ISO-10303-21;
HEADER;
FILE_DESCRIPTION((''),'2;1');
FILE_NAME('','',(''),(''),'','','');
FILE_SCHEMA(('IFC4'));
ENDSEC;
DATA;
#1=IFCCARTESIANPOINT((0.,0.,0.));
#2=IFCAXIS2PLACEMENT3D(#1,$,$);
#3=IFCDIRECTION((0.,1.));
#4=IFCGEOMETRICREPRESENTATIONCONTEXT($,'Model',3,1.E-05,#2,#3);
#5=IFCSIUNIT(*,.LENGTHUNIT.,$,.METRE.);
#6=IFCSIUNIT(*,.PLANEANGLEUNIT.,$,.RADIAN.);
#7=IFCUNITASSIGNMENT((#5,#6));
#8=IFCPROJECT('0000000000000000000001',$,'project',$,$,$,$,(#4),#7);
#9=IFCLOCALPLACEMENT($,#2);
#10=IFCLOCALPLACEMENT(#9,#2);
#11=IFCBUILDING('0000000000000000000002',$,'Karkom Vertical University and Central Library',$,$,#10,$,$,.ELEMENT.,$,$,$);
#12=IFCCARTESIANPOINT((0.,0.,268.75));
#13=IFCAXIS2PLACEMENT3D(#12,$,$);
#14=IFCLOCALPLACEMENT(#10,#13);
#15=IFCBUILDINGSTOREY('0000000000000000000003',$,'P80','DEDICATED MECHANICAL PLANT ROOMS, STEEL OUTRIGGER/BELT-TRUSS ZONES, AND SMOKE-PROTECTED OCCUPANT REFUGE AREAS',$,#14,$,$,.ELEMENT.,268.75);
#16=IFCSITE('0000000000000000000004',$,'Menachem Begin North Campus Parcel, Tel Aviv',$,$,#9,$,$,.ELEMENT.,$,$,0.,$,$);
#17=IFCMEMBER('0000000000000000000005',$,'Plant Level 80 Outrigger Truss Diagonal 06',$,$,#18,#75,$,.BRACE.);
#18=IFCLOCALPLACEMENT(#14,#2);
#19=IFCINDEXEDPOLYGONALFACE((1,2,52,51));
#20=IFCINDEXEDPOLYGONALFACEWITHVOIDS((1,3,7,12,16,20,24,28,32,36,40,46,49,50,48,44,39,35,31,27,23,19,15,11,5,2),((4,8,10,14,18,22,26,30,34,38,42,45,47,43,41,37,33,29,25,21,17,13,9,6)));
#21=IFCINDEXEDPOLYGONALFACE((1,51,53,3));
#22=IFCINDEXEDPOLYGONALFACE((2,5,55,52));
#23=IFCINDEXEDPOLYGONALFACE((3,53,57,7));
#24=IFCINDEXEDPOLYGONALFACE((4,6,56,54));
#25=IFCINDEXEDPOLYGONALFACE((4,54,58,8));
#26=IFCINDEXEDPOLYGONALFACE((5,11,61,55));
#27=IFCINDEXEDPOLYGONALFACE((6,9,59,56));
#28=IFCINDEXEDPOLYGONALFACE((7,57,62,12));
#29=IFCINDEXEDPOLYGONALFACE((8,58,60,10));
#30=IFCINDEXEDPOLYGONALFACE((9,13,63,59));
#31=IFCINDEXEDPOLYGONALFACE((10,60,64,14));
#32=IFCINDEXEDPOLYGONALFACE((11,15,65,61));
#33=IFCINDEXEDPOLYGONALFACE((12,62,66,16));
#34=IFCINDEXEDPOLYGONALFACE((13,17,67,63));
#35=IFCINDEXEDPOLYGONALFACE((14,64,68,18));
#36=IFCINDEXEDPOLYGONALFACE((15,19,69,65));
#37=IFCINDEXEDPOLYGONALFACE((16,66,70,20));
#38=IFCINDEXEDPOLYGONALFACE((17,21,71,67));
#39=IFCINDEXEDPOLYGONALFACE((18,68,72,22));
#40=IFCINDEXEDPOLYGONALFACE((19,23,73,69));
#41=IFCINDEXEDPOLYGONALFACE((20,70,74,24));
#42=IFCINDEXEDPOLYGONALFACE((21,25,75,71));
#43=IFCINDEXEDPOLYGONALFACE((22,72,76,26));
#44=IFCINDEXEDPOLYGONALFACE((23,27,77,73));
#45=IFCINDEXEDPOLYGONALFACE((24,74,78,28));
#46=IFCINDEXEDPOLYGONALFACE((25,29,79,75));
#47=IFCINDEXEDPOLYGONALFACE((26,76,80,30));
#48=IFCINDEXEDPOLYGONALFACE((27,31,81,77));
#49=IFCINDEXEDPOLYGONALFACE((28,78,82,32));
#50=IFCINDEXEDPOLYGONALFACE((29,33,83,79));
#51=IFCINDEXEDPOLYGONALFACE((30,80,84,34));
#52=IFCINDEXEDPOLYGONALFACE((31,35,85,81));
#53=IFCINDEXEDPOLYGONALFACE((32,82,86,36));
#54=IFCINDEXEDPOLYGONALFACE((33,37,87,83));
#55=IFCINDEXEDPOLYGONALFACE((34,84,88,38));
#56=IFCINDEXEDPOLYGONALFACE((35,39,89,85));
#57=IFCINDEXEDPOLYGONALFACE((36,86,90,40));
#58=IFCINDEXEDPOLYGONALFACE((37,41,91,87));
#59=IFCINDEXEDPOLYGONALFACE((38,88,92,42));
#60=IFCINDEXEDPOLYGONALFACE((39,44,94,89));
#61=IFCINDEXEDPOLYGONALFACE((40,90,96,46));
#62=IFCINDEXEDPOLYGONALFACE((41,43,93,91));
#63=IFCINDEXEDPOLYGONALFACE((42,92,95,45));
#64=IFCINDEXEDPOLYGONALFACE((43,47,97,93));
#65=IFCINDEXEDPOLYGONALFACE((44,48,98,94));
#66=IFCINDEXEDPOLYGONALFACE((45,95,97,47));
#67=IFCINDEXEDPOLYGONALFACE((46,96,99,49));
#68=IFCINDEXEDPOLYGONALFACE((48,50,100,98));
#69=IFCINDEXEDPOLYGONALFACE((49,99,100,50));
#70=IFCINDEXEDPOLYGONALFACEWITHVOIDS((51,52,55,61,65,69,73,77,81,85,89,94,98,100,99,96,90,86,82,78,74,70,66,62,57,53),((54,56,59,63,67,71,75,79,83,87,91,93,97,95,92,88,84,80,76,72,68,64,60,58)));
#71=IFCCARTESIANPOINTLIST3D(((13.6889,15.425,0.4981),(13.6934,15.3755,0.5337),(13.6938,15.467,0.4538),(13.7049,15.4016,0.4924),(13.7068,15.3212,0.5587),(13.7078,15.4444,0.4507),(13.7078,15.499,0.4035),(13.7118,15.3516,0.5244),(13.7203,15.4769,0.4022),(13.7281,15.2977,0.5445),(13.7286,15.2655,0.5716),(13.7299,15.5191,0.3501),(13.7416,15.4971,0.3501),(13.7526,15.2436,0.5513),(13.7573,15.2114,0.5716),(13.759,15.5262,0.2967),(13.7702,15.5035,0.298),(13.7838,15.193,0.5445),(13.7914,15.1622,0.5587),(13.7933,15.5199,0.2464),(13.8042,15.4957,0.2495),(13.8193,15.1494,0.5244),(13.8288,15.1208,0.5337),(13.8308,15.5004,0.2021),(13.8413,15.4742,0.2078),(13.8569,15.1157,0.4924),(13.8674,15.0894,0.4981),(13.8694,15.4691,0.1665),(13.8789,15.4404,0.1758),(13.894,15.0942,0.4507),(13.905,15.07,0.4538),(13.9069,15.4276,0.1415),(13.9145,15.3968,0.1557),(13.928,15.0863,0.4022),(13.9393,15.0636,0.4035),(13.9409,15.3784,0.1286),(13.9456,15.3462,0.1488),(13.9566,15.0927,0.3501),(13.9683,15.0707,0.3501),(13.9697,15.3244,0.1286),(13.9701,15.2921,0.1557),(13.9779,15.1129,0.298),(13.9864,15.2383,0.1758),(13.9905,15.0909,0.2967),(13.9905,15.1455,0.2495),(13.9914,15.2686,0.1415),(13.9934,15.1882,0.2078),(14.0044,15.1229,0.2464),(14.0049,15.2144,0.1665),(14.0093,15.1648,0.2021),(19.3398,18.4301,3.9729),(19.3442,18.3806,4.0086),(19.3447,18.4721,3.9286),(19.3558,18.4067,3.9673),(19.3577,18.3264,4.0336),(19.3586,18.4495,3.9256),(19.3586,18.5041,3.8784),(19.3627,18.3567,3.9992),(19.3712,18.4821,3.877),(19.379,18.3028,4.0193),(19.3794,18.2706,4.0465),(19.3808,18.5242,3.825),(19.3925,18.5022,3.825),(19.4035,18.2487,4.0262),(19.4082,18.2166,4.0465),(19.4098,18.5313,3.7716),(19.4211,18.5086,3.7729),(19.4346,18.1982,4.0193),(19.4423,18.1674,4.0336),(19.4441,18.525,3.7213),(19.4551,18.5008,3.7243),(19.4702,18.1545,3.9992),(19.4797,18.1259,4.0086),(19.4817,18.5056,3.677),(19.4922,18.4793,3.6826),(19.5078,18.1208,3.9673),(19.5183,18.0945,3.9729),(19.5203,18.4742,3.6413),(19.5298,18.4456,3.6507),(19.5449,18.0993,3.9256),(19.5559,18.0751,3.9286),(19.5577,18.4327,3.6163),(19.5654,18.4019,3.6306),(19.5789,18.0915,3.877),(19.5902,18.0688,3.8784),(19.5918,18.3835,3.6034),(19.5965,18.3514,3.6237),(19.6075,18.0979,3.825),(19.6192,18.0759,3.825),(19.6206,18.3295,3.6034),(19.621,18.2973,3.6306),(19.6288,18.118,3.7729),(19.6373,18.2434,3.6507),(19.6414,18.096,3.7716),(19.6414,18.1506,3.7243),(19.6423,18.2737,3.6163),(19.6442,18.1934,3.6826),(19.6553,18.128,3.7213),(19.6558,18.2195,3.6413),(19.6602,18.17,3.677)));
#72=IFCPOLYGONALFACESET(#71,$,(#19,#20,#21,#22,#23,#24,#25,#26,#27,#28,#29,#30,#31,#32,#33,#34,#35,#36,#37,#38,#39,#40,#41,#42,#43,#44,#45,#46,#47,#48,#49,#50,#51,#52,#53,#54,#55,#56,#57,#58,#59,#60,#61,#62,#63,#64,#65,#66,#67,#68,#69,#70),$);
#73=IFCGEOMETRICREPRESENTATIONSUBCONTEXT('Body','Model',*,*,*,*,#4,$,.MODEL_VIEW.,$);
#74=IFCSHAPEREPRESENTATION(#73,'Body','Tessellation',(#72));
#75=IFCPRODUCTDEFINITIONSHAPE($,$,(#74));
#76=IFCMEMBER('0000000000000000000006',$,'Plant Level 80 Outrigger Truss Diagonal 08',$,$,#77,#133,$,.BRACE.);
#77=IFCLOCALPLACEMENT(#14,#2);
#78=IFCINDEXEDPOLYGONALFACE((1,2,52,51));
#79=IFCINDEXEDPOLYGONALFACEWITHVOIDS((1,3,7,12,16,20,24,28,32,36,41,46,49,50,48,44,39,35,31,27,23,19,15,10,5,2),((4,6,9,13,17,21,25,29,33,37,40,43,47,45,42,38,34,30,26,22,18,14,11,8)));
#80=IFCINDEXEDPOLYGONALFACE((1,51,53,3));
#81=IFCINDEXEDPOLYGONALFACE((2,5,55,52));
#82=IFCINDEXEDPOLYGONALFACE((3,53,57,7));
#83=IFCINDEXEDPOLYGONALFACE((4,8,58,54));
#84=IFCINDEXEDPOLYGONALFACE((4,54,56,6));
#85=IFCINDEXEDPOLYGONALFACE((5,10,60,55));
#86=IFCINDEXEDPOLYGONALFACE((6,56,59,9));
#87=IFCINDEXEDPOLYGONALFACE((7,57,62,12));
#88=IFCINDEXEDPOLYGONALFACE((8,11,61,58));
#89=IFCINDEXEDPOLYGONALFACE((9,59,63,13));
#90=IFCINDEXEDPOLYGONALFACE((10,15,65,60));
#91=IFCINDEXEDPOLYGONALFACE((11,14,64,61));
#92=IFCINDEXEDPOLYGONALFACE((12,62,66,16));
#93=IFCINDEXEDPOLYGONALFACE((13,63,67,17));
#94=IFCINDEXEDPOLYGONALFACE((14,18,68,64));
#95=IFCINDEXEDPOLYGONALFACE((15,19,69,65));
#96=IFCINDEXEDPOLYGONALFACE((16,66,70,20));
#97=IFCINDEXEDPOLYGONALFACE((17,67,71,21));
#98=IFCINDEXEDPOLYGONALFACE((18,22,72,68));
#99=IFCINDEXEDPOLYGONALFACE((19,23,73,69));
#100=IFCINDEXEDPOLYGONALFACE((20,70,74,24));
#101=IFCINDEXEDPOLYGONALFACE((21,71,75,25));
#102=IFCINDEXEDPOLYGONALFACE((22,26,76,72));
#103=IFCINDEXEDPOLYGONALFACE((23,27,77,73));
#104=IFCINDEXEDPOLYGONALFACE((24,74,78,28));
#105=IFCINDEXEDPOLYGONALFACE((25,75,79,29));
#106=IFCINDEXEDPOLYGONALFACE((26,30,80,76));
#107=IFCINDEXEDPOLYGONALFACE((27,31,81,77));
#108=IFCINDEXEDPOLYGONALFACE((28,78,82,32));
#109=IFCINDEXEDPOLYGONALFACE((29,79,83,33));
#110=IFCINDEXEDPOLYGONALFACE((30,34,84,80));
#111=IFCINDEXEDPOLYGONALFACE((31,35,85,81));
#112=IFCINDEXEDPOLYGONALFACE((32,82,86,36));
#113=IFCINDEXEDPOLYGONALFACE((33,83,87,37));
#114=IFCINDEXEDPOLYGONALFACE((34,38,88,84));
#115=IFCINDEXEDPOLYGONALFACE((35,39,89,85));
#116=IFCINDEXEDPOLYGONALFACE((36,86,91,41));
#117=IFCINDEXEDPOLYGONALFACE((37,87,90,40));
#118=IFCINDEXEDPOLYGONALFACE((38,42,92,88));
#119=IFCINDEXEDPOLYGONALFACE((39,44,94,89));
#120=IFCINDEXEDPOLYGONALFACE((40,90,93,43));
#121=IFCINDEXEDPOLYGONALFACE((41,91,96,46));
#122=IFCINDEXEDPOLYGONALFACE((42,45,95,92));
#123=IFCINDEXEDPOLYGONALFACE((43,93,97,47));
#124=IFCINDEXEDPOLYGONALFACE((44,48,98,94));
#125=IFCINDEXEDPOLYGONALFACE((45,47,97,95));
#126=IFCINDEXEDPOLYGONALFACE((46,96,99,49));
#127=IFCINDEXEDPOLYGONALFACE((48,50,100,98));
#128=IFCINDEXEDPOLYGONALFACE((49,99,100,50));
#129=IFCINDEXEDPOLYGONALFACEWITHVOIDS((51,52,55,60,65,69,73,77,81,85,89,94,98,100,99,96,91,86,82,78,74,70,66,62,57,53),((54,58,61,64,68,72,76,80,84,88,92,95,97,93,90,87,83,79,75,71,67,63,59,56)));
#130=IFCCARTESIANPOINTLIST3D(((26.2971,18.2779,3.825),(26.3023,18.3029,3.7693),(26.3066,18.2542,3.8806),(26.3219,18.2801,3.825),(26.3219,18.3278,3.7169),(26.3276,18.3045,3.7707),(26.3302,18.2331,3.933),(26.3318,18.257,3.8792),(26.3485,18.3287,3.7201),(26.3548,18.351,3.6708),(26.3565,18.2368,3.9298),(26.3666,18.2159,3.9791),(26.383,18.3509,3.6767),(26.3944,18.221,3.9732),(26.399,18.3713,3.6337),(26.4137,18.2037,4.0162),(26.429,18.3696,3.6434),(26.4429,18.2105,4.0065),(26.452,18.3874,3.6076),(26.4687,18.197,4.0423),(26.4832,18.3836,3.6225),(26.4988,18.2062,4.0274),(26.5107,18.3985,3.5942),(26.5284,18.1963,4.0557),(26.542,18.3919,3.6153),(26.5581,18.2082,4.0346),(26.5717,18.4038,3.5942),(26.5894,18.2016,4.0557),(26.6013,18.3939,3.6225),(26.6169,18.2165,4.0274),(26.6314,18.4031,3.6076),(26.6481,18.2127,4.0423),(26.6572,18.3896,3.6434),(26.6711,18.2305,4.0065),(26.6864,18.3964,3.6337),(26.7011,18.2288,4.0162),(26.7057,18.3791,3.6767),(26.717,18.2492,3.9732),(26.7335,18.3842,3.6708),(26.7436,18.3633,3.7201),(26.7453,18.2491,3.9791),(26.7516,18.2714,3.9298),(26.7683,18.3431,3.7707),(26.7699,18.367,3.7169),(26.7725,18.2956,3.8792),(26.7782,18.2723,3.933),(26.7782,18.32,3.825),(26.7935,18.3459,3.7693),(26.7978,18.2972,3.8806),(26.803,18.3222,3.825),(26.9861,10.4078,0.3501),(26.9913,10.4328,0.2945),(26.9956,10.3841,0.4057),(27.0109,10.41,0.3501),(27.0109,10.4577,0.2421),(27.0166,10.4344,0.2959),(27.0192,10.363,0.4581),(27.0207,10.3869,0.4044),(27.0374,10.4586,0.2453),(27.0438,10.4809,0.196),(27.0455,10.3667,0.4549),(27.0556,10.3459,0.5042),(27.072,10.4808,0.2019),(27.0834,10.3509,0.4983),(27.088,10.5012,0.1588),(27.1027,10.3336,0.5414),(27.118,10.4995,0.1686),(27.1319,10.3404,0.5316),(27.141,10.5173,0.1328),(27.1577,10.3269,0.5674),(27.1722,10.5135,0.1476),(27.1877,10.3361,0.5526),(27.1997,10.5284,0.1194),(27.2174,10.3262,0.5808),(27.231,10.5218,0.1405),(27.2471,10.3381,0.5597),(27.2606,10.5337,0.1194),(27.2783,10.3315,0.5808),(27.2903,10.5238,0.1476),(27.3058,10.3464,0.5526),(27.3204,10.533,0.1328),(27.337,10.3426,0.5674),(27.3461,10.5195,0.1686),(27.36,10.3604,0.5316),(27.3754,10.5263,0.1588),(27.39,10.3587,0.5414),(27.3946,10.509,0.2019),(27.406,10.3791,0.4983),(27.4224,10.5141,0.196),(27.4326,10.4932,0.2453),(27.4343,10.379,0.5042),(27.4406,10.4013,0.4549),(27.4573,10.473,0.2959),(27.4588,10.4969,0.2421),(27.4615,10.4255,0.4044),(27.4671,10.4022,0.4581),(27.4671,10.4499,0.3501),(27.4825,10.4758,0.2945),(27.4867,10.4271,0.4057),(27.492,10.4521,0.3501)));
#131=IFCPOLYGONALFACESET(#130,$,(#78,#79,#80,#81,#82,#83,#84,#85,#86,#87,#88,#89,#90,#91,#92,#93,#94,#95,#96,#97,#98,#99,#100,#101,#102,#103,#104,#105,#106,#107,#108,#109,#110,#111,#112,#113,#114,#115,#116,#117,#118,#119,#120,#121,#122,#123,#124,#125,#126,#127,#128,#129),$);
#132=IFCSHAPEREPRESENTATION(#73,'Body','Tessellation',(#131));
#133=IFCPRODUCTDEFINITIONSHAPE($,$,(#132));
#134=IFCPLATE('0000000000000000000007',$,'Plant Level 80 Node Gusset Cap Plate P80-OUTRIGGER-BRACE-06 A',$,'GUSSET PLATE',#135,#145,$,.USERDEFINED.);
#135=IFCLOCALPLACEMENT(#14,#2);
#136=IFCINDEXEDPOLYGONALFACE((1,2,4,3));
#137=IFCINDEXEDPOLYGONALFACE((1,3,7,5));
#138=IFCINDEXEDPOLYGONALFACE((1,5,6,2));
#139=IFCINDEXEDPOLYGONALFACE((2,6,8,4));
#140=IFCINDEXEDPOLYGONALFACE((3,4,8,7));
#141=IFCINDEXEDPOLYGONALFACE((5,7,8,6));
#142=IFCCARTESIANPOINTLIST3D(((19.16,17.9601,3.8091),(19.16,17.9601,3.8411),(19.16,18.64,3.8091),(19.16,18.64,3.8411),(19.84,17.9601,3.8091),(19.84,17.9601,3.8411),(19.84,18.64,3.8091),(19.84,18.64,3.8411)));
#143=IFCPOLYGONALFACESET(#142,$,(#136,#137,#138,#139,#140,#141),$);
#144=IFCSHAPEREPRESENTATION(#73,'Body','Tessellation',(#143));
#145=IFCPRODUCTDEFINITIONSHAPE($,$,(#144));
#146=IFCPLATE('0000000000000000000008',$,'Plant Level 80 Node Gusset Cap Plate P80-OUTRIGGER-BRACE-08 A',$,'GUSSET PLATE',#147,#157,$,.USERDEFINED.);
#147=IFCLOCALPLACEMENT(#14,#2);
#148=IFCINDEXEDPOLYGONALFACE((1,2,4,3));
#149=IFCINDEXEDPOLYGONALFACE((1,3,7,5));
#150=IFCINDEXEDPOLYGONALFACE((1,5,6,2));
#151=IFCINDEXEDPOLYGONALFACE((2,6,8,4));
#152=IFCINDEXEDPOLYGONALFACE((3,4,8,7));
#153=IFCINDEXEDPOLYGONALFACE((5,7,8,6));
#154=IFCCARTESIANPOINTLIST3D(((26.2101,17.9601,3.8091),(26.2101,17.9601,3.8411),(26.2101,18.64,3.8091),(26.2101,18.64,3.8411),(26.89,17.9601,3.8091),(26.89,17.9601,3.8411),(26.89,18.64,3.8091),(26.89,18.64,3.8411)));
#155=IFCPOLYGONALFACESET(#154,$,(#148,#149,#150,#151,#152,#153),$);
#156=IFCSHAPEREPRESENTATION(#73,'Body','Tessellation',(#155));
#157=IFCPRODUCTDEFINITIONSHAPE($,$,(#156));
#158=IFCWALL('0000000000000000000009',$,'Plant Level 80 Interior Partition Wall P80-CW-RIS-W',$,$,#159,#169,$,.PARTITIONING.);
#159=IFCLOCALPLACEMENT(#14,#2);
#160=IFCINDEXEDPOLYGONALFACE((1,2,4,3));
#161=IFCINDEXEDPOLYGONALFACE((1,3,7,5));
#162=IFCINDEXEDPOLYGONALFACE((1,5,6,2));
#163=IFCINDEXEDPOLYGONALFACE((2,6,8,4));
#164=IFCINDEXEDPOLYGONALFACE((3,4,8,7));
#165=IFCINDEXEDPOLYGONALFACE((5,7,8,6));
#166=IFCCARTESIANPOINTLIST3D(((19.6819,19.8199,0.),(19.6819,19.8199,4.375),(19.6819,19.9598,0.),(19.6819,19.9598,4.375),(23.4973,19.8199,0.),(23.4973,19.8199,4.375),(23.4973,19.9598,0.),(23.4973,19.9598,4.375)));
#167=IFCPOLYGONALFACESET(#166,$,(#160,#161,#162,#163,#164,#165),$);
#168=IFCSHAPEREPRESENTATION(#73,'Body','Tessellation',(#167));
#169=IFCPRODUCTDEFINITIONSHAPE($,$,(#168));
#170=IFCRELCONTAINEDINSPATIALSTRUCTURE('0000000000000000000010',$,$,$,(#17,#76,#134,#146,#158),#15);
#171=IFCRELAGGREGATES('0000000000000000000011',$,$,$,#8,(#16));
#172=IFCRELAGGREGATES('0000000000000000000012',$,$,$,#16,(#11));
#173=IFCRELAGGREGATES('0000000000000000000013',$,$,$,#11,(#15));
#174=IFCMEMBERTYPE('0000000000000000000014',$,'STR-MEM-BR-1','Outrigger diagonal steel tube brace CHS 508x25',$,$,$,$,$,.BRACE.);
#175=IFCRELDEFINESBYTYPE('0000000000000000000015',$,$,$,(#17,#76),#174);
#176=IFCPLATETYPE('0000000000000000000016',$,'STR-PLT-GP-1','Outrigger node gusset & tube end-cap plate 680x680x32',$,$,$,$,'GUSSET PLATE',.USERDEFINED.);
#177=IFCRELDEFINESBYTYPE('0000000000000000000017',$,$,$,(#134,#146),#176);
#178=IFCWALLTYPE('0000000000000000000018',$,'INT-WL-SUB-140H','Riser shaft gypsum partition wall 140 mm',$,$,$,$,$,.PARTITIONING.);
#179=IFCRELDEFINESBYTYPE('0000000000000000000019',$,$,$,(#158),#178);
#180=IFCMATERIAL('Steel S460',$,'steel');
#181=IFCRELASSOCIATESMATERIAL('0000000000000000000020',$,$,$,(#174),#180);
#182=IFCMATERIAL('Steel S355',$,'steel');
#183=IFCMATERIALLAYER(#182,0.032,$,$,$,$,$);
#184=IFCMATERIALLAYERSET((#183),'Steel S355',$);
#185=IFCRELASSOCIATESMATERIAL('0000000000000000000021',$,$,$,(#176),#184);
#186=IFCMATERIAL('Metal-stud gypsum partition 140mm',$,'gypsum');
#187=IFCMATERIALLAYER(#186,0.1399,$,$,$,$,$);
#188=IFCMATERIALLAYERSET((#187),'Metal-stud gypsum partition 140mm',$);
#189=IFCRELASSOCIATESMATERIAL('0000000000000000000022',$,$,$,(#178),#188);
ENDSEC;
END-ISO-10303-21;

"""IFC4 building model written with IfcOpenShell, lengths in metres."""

from ifc_helpers import new_model, si_unit, direction, frame, frame_2d, origin, origin_with_axes, origin_2d, place, context, subcontext, project, spatial, rectangle, hollow_circle, extrude, source, transform, mapped, material, layer, layer_set, material_profile, profile_set, type_object, element, save


model = new_model("IFC4")

# Units and contexts
model_context = context("Model", 3, precision=1e-05, world=origin(), true_north=direction((0.0, 1.0)))
body_context = subcontext(model_context, "Body", "Model", "MODEL_VIEW")
ifc_project = project(units=[si_unit("LENGTHUNIT", "METRE"), si_unit("PLANEANGLEUNIT", "RADIAN")], contexts=[model_context])

# Site, building, storey
site_placement = place(None, origin())
site = spatial("IfcSite", under=ifc_project, at=site_placement, Name="Menachem Begin North Campus Parcel, Tel Aviv", CompositionType="ELEMENT", RefElevation=0.0)
building_placement = place(site_placement, origin())
building = spatial("IfcBuilding", under=site, at=building_placement, Name="Karkom Vertical University and Central Library", CompositionType="ELEMENT")
storey_placement = place(building_placement, frame((0.0, 0.0, 268.75)))
storey = spatial("IfcBuildingStorey", under=building, at=storey_placement, Name="P80", Description="DEDICATED MECHANICAL PLANT ROOMS, STEEL OUTRIGGER/BELT-TRUSS ZONES, AND SMOKE-PROTECTED OCCUPANT REFUGE AREAS", CompositionType="ELEMENT", Elevation=268.75)

# Shared definitions
ifc_material_1 = material(Name="Steel S460", Category="steel")

# Members
ifc_material_profile_1 = material_profile(ifc_material_1, hollow_circle(Radius=0.2539, WallThickness=0.0249, at=origin_2d()), Name="CHS 508x25")
ifc_profile_set_1 = profile_set([ifc_material_profile_1], Name="Steel S460")
member_type = type_object("IfcMemberType", Name="STR-MEM-BR-1", Description="Outrigger diagonal steel tube brace CHS 508x25", PredefinedType="BRACE", material=ifc_profile_set_1)
shared_shape_1 = source(origin_with_axes(), body_context, "Body", "SweptSolid", [
    extrude(hollow_circle(Radius=0.2539, WallThickness=0.0249, at=origin_2d()), origin(), (0.0, 0.0, 1.0), 7.2827),
])
member_1_placement = place(storey_placement, frame((19.5, 18.3, 3.825), z_axis=(-0.775931, -0.412639, -0.477138), x_axis=(0.469533, -0.882915, 0.0)))
element("IfcMember", 1, at=member_1_placement, inside=storey, type_object=member_type, Name="Plant Level 80 Outrigger Truss Diagonal 06", PredefinedType="BRACE", context=body_context, shape_type="MappedRepresentation", body=[
    mapped(shared_shape_1, transform((0.0, 0.0, 0.0), scale=1.0)),
])
shared_shape_2 = source(origin_with_axes(), body_context, "Body", "SweptSolid", [
    extrude(hollow_circle(Radius=0.2539, WallThickness=0.0249, at=origin_2d()), origin(), (0.0, 0.0, 1.0), 8.6306),
])
member_2_placement = place(storey_placement, frame((26.55, 18.3, 3.825), z_axis=(0.079828, -0.911881, -0.402618), x_axis=(0.99619, 0.087208, 0.0)))
element("IfcMember", 2, at=member_2_placement, inside=storey, type_object=member_type, Name="Plant Level 80 Outrigger Truss Diagonal 08", PredefinedType="BRACE", context=body_context, shape_type="MappedRepresentation", body=[
    mapped(shared_shape_2, transform((0.0, 0.0, 0.0), scale=1.0)),
])

# Plates
ifc_material_2 = material(Name="Steel S355", Category="steel")
ifc_layer_1 = layer(ifc_material_2, 0.032)
ifc_layer_set_1 = layer_set([ifc_layer_1], Name="Steel S355")
plate_type = type_object("IfcPlateType", Name="STR-PLT-GP-1", Description="Outrigger node gusset & tube end-cap plate 680x680x32", ElementType="GUSSET PLATE", PredefinedType="USERDEFINED", material=ifc_layer_set_1)
shared_shape_3 = source(origin_with_axes(), body_context, "Body", "SweptSolid", [
    extrude(rectangle(XDim=0.6799, YDim=0.6799, at=origin_2d()), origin(), (0.0, 0.0, 1.0), 0.032),
])
for number, where, z_axis, x_axis, name in (
    (3, (19.5, 18.3, 3.8091), (0.0, 0.0, 1.0), (1.0, 0.0, 0.0), "Plant Level 80 Node Gusset Cap Plate P80-OUTRIGGER-BRACE-06 A"),
    (4, (26.55, 18.3, 3.8091), (0.0, 0.0, 1.0), (1.0, 0.0, 0.0), "Plant Level 80 Node Gusset Cap Plate P80-OUTRIGGER-BRACE-08 A"),
):
    element("IfcPlate", number, at=place(storey_placement, frame(where, z_axis=z_axis, x_axis=x_axis)), inside=storey, type_object=plate_type, Name=name, ObjectType="GUSSET PLATE", PredefinedType="USERDEFINED", context=body_context, shape_type="MappedRepresentation", body=[
        mapped(shared_shape_3, transform((0.0, 0.0, 0.0), scale=1.0)),
    ])

# Wall
ifc_material_3 = material(Name="Metal-stud gypsum partition 140mm", Category="gypsum")
ifc_layer_2 = layer(ifc_material_3, 0.1399)
ifc_layer_set_2 = layer_set([ifc_layer_2], Name="Metal-stud gypsum partition 140mm")
wall_type_1 = type_object("IfcWallType", Name="INT-WL-SUB-140H", Description="Riser shaft gypsum partition wall 140 mm", PredefinedType="PARTITIONING", material=ifc_layer_set_2)
wall_1_placement = place(storey_placement, frame((19.6819, 19.8899, 0.0), z_axis=(0.0, 0.0, 1.0), x_axis=(1.0, 0.0, 0.0)))
element("IfcWall", 5, at=wall_1_placement, inside=storey, type_object=wall_type_1, Name="Plant Level 80 Interior Partition Wall P80-CW-RIS-W", PredefinedType="PARTITIONING", context=body_context, shape_type="SweptSolid", body=[
    extrude(rectangle(XDim=3.8154, YDim=0.1399, at=frame_2d((1.9077, 0.0))), origin(), (0.0, 0.0, 1.0), 4.375),
])

save(model, "model.ifc")
